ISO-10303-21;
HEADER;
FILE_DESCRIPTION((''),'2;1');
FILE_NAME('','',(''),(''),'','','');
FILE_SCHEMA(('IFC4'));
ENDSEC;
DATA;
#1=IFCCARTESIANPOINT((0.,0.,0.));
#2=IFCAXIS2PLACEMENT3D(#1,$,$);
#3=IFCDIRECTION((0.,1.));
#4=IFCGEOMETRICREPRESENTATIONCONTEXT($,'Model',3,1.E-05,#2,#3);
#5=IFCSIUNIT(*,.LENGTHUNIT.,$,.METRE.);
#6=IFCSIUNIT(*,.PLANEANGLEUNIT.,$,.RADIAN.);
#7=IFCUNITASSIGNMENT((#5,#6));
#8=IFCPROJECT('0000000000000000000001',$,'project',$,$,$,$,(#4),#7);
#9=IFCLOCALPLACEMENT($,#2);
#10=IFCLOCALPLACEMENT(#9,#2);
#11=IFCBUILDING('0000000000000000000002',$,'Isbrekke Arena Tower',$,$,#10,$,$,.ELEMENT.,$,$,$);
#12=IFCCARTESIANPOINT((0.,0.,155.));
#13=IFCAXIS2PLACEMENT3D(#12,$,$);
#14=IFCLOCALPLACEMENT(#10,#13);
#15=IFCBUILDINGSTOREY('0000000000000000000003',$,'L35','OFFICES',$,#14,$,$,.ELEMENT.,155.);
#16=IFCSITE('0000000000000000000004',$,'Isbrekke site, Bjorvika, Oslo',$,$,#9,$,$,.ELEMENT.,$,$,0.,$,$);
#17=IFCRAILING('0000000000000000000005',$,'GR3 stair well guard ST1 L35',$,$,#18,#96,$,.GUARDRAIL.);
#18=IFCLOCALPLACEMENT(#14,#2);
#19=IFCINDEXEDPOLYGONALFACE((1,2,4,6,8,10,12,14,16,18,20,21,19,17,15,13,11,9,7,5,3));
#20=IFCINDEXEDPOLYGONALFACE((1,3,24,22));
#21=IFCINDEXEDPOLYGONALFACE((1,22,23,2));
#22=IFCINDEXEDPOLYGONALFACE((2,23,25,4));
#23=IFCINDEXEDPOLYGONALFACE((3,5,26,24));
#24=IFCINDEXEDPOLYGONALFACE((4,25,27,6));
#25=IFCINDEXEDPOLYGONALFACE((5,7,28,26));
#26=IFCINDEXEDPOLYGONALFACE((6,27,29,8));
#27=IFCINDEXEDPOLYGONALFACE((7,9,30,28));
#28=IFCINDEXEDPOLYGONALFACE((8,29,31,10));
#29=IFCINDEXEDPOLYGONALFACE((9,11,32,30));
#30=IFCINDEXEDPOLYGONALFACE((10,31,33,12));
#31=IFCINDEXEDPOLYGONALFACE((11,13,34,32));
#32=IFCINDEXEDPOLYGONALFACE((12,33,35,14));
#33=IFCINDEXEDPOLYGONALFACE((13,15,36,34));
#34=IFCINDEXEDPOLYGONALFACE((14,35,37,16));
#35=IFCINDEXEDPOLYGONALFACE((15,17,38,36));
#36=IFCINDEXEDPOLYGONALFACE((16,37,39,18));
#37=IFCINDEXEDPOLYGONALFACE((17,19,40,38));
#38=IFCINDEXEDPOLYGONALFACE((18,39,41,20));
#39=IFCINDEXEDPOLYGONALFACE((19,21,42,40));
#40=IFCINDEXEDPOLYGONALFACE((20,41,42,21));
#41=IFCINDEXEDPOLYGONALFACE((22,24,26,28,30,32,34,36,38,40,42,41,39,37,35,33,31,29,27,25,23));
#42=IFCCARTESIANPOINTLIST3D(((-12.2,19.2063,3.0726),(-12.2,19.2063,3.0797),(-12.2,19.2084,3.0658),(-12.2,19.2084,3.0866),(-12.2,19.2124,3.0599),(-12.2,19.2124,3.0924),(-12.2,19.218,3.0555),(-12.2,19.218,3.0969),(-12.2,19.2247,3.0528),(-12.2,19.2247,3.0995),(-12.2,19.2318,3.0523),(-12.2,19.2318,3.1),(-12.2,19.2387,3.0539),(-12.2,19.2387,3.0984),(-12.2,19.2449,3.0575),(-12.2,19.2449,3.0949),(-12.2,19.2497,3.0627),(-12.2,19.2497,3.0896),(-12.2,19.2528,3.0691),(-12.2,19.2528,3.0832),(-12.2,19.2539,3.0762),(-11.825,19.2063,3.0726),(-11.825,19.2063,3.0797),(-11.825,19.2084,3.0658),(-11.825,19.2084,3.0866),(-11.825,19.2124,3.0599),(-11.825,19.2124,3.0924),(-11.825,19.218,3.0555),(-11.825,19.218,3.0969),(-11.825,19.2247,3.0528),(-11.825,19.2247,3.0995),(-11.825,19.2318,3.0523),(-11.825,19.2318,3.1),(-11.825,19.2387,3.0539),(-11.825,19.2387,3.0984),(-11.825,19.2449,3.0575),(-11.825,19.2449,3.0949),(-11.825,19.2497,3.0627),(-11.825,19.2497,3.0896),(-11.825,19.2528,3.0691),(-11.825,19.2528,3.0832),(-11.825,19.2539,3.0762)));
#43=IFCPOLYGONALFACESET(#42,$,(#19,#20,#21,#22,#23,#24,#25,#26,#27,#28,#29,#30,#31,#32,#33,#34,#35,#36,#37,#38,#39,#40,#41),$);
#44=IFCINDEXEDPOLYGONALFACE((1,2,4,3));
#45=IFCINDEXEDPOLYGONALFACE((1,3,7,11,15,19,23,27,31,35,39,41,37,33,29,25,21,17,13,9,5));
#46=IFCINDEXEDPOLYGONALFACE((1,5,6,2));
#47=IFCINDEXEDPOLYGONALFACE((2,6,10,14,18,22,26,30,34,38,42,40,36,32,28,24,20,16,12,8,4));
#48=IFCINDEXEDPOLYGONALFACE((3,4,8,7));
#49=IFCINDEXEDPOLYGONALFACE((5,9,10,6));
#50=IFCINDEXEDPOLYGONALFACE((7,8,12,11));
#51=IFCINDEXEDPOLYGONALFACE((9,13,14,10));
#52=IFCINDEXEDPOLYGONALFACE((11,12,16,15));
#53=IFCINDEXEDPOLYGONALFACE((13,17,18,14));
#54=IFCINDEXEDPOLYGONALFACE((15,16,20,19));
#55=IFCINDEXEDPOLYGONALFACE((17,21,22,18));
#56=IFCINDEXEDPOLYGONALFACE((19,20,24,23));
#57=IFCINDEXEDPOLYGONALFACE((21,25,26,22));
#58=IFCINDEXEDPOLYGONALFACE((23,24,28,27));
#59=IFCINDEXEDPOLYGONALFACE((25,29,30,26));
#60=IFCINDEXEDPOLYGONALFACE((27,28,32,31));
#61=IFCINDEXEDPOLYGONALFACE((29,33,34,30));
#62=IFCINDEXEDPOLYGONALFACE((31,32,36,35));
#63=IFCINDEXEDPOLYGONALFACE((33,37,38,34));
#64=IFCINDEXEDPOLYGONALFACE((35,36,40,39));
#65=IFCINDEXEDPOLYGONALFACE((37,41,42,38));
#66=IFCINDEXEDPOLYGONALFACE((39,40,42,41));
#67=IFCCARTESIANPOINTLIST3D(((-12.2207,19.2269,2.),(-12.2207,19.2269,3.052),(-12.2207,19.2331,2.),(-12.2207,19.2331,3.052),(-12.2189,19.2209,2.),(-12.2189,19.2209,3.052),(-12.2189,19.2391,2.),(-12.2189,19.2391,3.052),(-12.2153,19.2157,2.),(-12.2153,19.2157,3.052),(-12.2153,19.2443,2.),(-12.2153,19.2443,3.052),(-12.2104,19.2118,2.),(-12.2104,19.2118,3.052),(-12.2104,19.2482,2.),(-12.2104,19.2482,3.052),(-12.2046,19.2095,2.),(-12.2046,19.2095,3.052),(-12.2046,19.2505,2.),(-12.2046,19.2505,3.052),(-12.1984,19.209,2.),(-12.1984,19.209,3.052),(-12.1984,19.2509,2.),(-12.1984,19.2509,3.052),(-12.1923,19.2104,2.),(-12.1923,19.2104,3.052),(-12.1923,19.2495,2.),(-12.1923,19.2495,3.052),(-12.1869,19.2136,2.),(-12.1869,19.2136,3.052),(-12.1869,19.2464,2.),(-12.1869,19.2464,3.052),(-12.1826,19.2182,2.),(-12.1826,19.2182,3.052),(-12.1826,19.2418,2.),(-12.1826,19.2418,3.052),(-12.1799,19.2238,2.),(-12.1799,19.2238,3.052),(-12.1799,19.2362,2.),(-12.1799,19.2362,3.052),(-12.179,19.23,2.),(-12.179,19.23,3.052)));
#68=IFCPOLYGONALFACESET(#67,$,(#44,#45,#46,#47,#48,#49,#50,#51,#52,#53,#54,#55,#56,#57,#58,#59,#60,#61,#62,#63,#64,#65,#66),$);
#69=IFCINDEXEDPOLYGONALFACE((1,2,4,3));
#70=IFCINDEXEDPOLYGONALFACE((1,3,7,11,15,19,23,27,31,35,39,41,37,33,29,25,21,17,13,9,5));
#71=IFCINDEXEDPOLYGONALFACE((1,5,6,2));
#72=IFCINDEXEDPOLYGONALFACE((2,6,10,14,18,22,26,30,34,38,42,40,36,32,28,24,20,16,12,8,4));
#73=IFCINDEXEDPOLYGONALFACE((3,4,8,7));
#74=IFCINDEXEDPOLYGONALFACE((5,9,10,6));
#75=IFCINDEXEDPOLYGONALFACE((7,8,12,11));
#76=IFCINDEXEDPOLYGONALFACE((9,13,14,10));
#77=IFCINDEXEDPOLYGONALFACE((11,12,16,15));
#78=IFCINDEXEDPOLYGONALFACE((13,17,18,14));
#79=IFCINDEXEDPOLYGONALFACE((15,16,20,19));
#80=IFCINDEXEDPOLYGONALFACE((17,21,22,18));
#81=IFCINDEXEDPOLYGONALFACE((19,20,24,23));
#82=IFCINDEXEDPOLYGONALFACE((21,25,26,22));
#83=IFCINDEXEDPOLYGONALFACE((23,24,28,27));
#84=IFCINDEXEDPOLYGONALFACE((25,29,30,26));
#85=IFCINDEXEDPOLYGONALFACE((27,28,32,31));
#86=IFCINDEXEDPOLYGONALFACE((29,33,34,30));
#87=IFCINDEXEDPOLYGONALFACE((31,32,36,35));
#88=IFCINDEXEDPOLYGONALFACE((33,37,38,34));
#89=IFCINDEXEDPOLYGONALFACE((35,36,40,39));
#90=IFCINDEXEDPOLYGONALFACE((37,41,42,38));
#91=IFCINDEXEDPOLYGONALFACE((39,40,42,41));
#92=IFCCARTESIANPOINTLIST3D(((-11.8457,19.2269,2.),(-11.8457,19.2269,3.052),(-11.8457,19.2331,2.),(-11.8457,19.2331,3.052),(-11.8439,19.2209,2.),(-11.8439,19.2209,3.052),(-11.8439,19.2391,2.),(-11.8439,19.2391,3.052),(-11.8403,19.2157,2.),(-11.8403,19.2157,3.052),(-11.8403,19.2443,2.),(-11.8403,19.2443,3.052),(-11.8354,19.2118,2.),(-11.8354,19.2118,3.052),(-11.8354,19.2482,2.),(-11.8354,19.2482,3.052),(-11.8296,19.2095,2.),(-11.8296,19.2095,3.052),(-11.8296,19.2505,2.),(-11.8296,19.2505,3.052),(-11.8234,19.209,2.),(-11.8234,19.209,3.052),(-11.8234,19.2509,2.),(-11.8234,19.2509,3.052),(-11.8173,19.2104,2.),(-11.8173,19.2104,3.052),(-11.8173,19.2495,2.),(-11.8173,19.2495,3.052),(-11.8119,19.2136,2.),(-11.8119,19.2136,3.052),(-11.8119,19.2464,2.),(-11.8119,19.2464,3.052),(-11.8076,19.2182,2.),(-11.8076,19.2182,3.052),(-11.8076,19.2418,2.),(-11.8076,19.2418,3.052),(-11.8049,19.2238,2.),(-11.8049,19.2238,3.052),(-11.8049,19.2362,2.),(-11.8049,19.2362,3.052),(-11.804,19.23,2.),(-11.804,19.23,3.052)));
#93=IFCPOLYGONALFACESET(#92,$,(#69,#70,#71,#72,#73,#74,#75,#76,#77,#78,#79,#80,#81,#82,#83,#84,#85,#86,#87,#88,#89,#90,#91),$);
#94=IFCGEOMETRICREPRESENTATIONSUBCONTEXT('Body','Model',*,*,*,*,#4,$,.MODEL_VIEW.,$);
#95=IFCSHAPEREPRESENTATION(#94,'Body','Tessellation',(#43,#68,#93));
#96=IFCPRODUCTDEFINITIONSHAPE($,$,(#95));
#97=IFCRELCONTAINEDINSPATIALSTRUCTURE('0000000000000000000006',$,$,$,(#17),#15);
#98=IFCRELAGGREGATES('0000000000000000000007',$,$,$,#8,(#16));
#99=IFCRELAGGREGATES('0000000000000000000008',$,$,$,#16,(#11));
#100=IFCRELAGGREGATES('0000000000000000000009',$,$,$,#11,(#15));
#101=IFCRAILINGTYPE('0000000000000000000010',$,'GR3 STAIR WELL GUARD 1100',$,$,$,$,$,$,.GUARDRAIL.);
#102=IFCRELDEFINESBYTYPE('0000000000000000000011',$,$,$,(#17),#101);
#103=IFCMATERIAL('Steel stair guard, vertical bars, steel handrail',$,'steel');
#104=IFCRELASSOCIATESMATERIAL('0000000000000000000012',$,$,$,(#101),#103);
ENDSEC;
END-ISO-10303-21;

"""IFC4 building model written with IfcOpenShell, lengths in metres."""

from ifc_helpers import new_model, si_unit, direction, frame, origin, origin_2d, place, context, subcontext, project, spatial, circle, extrude, material, type_object, element, save


model = new_model("IFC4")

# Units and contexts
model_context = context("Model", 3, precision=1e-05, world=origin(), true_north=direction((0.0, 1.0)))
body_context = subcontext(model_context, "Body", "Model", "MODEL_VIEW")
ifc_project = project(units=[si_unit("LENGTHUNIT", "METRE"), si_unit("PLANEANGLEUNIT", "RADIAN")], contexts=[model_context])

# Site, building, storey
site_placement = place(None, origin())
site = spatial("IfcSite", under=ifc_project, at=site_placement, Name="Isbrekke site, Bjorvika, Oslo", CompositionType="ELEMENT", RefElevation=0.0)
building_placement = place(site_placement, origin())
building = spatial("IfcBuilding", under=site, at=building_placement, Name="Isbrekke Arena Tower", CompositionType="ELEMENT")
storey_placement = place(building_placement, frame((0.0, 0.0, 155.0)))
storey = spatial("IfcBuildingStorey", under=building, at=storey_placement, Name="L35", Description="OFFICES", CompositionType="ELEMENT", Elevation=155.0)

# Railing
ifc_material_1 = material(Name="Steel stair guard, vertical bars, steel handrail", Category="steel")
railing_type = type_object("IfcRailingType", Name="GR3 STAIR WELL GUARD 1100", PredefinedType="GUARDRAIL", material=ifc_material_1)
for number, where, name in (
    (1, (-12.2, 19.23, 2.0), "GR3 stair well guard ST1 L35"),
):
    element("IfcRailing", number, at=place(storey_placement, frame(where)), inside=storey, type_object=railing_type, Name=name, PredefinedType="GUARDRAIL", context=body_context, shape_type="SweptSolid", body=[
        extrude(circle(Radius=0.0239, at=origin_2d()), frame((0.0, 0.0, 1.0762), z_axis=(1.0, 0.0, 0.0), x_axis=(0.0, 1.0, 0.0)), (0.0, 0.0, 1.0), 0.375),
        extrude(circle(Radius=0.021, at=origin_2d()), origin(), (0.0, 0.0, 1.0), 1.052),
        extrude(circle(Radius=0.021, at=origin_2d()), frame((0.375, 0.0, 0.0)), (0.0, 0.0, 1.0), 1.052),
    ])

save(model, "model.ifc")
